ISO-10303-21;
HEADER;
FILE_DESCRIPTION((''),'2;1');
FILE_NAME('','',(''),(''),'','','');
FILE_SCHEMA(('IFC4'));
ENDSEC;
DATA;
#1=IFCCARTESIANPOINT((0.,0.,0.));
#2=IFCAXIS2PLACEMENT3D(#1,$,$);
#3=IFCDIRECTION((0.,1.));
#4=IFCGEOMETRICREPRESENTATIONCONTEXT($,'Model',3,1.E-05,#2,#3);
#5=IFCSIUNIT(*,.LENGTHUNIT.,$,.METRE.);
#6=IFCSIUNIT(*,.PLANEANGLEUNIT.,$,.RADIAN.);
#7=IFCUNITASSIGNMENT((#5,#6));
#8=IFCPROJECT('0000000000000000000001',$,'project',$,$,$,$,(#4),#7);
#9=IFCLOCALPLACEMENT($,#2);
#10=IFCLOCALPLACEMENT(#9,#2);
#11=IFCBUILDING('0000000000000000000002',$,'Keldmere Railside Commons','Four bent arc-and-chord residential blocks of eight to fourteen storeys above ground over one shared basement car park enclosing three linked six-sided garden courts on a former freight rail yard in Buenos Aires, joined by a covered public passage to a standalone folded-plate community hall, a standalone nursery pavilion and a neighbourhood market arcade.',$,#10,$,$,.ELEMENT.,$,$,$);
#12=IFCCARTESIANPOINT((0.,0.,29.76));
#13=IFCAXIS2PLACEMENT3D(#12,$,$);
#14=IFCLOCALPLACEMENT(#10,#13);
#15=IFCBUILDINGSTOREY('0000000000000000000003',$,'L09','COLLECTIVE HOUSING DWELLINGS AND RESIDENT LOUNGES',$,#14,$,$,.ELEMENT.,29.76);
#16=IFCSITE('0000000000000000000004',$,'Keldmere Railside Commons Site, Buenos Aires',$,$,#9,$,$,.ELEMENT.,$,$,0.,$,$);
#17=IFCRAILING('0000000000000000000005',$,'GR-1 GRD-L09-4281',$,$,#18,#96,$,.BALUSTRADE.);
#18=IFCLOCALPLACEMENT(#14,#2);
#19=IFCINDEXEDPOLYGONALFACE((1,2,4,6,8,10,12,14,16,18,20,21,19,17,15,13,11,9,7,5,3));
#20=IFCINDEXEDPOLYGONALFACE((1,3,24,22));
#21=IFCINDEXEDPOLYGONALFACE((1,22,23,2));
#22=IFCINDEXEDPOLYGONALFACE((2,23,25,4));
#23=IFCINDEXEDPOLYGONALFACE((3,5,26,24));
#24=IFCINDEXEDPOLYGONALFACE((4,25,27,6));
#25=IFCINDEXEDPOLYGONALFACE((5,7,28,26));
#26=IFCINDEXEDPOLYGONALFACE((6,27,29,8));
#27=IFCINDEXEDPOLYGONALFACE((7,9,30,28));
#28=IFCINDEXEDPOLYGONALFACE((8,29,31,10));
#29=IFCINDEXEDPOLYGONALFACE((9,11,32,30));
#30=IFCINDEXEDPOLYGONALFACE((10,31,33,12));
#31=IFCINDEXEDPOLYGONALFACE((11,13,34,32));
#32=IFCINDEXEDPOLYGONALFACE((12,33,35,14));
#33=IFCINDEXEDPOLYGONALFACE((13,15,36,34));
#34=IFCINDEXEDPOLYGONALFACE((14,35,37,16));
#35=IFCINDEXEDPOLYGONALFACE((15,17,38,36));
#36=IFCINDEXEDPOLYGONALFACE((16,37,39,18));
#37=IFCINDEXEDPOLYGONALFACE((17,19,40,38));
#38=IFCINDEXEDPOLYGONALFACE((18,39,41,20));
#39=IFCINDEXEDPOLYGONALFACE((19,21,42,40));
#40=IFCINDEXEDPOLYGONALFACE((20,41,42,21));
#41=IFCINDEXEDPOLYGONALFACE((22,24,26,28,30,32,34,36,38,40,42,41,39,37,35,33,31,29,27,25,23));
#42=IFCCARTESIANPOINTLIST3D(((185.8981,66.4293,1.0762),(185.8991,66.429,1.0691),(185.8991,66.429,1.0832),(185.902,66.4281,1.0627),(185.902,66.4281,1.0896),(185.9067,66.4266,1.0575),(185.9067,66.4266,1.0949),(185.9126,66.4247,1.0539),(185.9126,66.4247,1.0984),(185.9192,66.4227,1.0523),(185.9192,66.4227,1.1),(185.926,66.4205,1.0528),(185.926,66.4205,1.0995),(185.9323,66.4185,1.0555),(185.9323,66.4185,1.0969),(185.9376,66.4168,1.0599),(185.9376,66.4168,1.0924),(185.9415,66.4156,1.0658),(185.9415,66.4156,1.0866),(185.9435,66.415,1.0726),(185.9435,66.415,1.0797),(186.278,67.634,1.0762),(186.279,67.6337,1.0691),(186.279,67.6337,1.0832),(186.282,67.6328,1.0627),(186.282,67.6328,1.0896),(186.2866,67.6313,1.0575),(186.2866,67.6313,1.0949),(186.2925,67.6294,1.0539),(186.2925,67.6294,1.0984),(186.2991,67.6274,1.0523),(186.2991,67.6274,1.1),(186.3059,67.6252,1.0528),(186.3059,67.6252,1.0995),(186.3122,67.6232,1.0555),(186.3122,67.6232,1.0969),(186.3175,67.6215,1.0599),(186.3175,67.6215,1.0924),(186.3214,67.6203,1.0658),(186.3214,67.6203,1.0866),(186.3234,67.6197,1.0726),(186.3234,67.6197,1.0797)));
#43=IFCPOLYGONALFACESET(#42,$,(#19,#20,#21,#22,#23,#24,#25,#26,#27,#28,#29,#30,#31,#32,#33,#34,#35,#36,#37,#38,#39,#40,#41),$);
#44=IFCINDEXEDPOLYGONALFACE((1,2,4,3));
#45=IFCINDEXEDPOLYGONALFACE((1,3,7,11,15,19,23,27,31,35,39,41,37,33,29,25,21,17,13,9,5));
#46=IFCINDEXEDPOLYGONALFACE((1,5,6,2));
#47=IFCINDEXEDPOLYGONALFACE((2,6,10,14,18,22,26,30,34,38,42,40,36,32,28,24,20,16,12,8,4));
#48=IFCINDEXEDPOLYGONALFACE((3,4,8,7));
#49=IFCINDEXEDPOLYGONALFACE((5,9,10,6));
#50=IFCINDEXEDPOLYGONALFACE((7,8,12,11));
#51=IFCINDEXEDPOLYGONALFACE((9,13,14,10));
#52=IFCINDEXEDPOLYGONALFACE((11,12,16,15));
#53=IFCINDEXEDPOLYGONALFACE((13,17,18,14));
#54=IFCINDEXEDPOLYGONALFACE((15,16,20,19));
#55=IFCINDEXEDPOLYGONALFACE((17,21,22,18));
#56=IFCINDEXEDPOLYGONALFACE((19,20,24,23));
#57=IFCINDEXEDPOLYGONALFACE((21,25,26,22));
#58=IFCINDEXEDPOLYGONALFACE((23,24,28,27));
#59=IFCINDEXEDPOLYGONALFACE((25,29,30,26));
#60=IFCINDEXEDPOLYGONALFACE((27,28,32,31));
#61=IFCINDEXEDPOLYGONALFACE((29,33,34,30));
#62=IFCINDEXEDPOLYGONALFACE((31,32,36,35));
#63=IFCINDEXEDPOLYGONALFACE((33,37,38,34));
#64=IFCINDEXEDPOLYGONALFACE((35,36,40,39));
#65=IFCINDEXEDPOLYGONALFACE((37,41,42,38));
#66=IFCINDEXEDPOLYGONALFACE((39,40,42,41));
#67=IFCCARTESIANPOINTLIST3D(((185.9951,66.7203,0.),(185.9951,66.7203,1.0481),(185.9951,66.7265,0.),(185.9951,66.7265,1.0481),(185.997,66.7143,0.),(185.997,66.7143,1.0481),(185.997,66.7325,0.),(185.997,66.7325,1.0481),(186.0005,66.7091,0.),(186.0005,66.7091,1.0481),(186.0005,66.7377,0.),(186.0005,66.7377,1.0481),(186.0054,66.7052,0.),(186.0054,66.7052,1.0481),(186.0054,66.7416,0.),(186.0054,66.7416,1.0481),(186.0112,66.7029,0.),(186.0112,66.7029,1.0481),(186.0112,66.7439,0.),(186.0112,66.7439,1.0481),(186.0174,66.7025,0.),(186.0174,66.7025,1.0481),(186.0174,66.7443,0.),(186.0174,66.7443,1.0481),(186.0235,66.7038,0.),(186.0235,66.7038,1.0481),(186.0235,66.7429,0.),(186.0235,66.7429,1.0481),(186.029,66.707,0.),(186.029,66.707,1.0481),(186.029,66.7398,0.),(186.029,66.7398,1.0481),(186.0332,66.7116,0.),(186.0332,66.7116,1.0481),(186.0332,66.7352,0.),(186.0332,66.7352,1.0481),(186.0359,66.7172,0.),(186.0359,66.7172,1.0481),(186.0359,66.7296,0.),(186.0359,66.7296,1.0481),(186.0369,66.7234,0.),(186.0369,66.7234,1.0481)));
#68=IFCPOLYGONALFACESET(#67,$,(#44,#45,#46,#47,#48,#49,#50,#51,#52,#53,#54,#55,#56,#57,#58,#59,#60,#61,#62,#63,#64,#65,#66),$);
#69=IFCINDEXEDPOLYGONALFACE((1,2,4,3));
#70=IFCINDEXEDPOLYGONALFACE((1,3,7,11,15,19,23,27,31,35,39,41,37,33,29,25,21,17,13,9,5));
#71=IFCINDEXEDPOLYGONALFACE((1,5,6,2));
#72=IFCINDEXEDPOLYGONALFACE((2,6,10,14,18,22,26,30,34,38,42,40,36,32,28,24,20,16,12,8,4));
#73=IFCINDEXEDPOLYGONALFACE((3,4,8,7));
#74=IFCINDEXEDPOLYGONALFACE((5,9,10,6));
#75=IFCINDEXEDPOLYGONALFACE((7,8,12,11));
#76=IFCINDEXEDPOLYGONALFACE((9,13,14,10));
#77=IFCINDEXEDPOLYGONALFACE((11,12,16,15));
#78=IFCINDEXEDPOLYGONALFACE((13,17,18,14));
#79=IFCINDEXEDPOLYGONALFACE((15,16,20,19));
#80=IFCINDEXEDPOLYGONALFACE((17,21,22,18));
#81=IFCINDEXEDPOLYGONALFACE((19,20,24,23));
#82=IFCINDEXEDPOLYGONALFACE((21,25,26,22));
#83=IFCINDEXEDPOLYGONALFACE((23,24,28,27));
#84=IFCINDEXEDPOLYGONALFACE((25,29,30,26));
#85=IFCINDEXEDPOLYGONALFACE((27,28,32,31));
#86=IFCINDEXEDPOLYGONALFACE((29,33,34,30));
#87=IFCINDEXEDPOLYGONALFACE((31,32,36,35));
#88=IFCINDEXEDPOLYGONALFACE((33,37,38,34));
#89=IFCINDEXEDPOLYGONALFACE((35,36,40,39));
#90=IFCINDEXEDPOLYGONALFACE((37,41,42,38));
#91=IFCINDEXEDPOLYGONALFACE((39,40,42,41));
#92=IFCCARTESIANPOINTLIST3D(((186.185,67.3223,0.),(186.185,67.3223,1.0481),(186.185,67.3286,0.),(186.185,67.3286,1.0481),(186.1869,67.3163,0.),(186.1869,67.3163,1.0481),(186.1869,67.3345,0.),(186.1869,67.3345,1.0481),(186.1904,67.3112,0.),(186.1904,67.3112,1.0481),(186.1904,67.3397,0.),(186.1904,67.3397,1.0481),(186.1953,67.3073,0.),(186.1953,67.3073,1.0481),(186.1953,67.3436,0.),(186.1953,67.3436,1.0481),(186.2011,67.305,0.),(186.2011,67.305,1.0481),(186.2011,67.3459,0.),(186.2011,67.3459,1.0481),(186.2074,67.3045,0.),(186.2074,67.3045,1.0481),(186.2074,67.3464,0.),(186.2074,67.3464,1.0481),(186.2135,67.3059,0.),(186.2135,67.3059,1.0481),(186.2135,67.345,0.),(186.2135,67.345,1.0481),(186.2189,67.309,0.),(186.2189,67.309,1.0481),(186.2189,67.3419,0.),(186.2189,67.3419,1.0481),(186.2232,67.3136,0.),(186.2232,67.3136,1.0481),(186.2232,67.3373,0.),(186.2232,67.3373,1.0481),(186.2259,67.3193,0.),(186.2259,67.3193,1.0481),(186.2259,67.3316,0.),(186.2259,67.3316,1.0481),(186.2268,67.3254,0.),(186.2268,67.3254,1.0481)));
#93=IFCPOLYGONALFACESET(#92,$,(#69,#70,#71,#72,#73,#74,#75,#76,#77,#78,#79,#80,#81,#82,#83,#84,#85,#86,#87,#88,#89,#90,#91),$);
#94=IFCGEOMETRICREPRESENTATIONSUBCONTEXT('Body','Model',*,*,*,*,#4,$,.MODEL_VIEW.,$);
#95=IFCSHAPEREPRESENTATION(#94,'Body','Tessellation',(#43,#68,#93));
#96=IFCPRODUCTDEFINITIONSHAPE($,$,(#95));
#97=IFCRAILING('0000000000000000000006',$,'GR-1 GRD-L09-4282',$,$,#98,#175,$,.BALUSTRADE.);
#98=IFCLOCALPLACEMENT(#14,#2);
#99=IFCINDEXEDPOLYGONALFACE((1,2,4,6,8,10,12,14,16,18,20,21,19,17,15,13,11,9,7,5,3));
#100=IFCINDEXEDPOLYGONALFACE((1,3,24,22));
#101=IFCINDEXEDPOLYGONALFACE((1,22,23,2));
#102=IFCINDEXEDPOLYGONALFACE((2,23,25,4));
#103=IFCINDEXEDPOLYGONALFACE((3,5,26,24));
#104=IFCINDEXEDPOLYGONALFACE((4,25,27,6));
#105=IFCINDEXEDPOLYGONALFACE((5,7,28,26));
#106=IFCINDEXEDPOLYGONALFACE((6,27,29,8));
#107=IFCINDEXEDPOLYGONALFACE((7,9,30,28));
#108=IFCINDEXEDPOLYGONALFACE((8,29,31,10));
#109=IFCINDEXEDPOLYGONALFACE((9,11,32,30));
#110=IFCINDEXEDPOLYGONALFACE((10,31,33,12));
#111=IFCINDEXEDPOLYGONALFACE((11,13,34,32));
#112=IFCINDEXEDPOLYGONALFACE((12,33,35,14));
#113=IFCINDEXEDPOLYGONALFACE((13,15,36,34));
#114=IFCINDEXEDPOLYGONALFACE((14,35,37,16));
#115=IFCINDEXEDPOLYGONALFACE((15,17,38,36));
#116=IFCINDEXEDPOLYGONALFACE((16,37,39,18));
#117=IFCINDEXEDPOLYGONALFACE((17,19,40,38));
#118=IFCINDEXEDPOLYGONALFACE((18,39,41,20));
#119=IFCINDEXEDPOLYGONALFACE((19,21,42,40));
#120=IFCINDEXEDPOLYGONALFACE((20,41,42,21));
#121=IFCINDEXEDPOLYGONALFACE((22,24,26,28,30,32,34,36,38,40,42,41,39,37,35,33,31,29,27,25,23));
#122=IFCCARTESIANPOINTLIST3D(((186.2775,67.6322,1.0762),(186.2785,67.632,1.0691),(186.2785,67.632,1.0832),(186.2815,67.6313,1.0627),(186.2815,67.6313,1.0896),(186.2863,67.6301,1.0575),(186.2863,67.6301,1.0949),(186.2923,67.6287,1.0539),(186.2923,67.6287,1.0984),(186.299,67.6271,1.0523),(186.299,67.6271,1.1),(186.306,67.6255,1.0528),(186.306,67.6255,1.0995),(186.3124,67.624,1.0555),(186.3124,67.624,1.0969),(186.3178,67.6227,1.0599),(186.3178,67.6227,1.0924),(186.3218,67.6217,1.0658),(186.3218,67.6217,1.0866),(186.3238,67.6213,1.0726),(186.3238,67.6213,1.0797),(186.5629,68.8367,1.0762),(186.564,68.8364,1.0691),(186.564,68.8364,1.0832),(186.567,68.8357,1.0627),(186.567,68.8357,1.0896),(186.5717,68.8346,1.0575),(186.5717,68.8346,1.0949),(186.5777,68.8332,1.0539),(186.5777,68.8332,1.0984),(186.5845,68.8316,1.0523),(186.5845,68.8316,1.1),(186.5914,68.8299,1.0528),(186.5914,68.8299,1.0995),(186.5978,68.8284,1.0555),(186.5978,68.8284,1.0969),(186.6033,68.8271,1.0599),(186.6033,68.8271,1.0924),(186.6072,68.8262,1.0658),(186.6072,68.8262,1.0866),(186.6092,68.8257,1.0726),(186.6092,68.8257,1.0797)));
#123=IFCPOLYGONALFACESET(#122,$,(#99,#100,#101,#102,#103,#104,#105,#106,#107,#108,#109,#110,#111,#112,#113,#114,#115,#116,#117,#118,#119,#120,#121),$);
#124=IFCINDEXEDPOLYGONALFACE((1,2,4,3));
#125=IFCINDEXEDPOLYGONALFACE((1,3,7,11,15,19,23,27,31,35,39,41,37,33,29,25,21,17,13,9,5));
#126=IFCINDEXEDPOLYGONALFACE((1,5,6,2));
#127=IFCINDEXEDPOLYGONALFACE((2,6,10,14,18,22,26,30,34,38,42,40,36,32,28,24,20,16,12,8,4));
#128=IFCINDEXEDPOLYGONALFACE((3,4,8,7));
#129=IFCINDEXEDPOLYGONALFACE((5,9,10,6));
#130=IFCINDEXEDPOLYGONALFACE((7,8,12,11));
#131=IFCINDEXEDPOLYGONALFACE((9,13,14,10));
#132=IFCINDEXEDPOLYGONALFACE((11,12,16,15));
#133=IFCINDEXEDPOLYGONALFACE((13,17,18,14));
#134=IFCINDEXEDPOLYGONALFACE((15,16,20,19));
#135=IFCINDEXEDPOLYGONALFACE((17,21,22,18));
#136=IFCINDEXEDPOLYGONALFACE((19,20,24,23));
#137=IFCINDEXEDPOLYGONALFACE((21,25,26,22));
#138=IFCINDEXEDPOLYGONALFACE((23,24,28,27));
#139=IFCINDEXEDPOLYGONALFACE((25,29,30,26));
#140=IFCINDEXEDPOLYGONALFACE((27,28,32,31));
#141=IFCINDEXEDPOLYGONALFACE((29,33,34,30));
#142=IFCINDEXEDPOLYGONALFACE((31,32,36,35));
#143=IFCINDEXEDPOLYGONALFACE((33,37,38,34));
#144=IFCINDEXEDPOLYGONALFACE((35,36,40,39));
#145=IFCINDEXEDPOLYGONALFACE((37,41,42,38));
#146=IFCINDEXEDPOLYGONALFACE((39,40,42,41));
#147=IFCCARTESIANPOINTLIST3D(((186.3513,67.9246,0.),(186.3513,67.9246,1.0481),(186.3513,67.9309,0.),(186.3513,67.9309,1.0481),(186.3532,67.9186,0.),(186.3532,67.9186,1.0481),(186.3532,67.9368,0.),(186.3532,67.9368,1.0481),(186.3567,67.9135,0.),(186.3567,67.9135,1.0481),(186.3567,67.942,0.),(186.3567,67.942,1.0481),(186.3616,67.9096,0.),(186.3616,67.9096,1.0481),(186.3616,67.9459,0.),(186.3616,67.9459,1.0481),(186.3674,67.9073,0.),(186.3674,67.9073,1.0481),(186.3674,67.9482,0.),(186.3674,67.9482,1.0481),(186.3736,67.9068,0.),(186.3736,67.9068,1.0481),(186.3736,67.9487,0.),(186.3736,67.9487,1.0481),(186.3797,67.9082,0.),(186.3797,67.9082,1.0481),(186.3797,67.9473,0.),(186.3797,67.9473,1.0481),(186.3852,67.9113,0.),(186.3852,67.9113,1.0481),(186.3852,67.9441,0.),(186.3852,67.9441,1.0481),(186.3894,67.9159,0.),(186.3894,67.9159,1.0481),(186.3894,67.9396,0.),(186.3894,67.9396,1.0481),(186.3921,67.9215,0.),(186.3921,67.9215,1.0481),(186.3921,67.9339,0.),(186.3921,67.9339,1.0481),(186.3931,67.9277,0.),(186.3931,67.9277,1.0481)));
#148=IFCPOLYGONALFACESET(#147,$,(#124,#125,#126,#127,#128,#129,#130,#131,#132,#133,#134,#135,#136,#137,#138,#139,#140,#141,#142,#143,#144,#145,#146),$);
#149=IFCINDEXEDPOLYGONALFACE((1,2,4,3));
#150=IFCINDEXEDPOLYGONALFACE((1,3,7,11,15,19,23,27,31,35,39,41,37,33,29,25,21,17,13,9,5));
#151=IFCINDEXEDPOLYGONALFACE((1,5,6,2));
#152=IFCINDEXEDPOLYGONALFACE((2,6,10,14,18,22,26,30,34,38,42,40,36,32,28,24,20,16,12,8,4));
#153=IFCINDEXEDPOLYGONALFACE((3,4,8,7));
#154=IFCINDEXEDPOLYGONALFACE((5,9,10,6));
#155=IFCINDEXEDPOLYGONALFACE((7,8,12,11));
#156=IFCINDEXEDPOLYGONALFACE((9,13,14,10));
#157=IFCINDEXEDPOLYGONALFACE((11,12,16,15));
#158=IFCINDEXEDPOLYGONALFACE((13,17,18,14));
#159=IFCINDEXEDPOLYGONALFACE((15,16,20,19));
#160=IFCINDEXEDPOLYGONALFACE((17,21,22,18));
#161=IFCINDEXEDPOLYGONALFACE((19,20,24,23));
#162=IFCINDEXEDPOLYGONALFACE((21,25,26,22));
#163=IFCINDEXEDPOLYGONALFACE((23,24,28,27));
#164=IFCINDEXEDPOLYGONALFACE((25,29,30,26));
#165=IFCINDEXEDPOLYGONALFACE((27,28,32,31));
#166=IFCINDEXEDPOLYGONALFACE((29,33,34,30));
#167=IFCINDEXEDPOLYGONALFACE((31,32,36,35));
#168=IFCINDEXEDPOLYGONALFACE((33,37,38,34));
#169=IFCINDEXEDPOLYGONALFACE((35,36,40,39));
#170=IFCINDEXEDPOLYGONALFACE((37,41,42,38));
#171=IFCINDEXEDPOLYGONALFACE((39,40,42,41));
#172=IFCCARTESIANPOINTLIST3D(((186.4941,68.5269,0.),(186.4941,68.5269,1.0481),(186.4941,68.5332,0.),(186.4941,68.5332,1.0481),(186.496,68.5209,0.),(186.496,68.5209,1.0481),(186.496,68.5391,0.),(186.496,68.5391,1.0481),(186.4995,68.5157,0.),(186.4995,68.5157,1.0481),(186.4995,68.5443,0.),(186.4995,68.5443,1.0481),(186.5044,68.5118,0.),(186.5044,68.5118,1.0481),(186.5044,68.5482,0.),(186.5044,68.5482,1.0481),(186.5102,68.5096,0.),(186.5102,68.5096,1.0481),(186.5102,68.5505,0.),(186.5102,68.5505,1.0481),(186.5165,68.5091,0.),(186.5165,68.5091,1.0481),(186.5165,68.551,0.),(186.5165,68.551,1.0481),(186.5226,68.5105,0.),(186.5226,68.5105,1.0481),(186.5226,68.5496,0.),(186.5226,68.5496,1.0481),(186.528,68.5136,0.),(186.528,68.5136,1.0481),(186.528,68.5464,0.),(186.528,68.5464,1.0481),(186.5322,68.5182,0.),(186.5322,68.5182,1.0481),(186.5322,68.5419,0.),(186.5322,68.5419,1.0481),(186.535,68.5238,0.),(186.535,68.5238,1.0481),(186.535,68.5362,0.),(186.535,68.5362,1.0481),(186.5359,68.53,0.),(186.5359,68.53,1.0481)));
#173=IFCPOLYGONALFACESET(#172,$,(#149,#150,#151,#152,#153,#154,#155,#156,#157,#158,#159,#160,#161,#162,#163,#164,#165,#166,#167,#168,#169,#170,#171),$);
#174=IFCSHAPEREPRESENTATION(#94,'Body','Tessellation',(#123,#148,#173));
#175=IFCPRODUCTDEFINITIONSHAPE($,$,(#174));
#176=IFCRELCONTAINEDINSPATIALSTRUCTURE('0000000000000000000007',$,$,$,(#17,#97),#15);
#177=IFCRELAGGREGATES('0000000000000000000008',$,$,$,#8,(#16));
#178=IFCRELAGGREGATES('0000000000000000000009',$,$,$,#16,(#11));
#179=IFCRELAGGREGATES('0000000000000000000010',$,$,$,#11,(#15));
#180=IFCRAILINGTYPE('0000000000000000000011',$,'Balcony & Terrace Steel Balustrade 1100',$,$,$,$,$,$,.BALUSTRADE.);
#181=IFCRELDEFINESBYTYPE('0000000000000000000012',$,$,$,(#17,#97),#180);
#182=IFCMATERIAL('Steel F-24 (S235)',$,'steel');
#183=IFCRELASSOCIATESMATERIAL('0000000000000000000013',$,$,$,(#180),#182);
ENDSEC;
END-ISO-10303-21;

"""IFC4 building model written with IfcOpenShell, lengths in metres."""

from ifc_helpers import new_model, si_unit, direction, frame, origin, origin_2d, place, context, subcontext, project, spatial, circle, extrude, material, type_object, element, save


model = new_model("IFC4")

# Units and contexts
model_context = context("Model", 3, precision=1e-05, world=origin(), true_north=direction((0.0, 1.0)))
body_context = subcontext(model_context, "Body", "Model", "MODEL_VIEW")
ifc_project = project(units=[si_unit("LENGTHUNIT", "METRE"), si_unit("PLANEANGLEUNIT", "RADIAN")], contexts=[model_context])

# Site, building, storey
site_placement = place(None, origin())
site = spatial("IfcSite", under=ifc_project, at=site_placement, Name="Keldmere Railside Commons Site, Buenos Aires", CompositionType="ELEMENT", RefElevation=0.0)
building_placement = place(site_placement, origin())
building = spatial("IfcBuilding", under=site, at=building_placement, Name="Keldmere Railside Commons", Description="Four bent arc-and-chord residential blocks of eight to fourteen storeys above ground over one shared basement car park enclosing three linked six-sided garden courts on a former freight rail yard in Buenos Aires, joined by a covered public passage to a standalone folded-plate community hall, a standalone nursery pavilion and a neighbourhood market arcade.", CompositionType="ELEMENT")
storey_placement = place(building_placement, frame((0.0, 0.0, 29.76)))
storey = spatial("IfcBuildingStorey", under=building, at=storey_placement, Name="L09", Description="COLLECTIVE HOUSING DWELLINGS AND RESIDENT LOUNGES", CompositionType="ELEMENT", Elevation=29.76)

# Shared definitions
ifc_material_1 = material(Name="Steel F-24 (S235)", Category="steel")

# Railings
railing_type_1 = type_object("IfcRailingType", Name="Balcony & Terrace Steel Balustrade 1100", PredefinedType="BALUSTRADE", material=ifc_material_1)
railing_1_placement = place(storey_placement, frame((185.9209, 66.4221, 0.0)))
element("IfcRailing", 1, at=railing_1_placement, inside=storey, type_object=railing_type_1, Name="GR-1 GRD-L09-4281", PredefinedType="BALUSTRADE", context=body_context, shape_type="SweptSolid", body=[
    extrude(circle(Radius=0.0239, at=origin_2d()), frame((0.0, 0.0, 1.0762), z_axis=(0.300761, 0.953699, 0.0), x_axis=(-0.953699, 0.300761, 0.0)), (0.0, 0.0, 1.0), 1.2632),
    extrude(circle(Radius=0.021, at=origin_2d()), frame((0.095, 0.3013, 0.0)), (0.0, 0.0, 1.0), 1.0481),
    extrude(circle(Radius=0.021, at=origin_2d()), frame((0.2849, 0.9033, 0.0)), (0.0, 0.0, 1.0), 1.0481),
])
railing_2_placement = place(storey_placement, frame((186.3008, 67.6267, 0.0)))
element("IfcRailing", 2, at=railing_2_placement, inside=storey, type_object=railing_type_1, Name="GR-1 GRD-L09-4282", PredefinedType="BALUSTRADE", context=body_context, shape_type="SweptSolid", body=[
    extrude(circle(Radius=0.0239, at=origin_2d()), frame((0.0, 0.0, 1.0762), z_axis=(0.230589, 0.973051, 0.0), x_axis=(-0.973051, 0.230589, 0.0)), (0.0, 0.0, 1.0), 1.2378),
    extrude(circle(Radius=0.021, at=origin_2d()), frame((0.0713, 0.301, 0.0)), (0.0, 0.0, 1.0), 1.0481),
    extrude(circle(Radius=0.021, at=origin_2d()), frame((0.2141, 0.9033, 0.0)), (0.0, 0.0, 1.0), 1.0481),
])

save(model, "model.ifc")
